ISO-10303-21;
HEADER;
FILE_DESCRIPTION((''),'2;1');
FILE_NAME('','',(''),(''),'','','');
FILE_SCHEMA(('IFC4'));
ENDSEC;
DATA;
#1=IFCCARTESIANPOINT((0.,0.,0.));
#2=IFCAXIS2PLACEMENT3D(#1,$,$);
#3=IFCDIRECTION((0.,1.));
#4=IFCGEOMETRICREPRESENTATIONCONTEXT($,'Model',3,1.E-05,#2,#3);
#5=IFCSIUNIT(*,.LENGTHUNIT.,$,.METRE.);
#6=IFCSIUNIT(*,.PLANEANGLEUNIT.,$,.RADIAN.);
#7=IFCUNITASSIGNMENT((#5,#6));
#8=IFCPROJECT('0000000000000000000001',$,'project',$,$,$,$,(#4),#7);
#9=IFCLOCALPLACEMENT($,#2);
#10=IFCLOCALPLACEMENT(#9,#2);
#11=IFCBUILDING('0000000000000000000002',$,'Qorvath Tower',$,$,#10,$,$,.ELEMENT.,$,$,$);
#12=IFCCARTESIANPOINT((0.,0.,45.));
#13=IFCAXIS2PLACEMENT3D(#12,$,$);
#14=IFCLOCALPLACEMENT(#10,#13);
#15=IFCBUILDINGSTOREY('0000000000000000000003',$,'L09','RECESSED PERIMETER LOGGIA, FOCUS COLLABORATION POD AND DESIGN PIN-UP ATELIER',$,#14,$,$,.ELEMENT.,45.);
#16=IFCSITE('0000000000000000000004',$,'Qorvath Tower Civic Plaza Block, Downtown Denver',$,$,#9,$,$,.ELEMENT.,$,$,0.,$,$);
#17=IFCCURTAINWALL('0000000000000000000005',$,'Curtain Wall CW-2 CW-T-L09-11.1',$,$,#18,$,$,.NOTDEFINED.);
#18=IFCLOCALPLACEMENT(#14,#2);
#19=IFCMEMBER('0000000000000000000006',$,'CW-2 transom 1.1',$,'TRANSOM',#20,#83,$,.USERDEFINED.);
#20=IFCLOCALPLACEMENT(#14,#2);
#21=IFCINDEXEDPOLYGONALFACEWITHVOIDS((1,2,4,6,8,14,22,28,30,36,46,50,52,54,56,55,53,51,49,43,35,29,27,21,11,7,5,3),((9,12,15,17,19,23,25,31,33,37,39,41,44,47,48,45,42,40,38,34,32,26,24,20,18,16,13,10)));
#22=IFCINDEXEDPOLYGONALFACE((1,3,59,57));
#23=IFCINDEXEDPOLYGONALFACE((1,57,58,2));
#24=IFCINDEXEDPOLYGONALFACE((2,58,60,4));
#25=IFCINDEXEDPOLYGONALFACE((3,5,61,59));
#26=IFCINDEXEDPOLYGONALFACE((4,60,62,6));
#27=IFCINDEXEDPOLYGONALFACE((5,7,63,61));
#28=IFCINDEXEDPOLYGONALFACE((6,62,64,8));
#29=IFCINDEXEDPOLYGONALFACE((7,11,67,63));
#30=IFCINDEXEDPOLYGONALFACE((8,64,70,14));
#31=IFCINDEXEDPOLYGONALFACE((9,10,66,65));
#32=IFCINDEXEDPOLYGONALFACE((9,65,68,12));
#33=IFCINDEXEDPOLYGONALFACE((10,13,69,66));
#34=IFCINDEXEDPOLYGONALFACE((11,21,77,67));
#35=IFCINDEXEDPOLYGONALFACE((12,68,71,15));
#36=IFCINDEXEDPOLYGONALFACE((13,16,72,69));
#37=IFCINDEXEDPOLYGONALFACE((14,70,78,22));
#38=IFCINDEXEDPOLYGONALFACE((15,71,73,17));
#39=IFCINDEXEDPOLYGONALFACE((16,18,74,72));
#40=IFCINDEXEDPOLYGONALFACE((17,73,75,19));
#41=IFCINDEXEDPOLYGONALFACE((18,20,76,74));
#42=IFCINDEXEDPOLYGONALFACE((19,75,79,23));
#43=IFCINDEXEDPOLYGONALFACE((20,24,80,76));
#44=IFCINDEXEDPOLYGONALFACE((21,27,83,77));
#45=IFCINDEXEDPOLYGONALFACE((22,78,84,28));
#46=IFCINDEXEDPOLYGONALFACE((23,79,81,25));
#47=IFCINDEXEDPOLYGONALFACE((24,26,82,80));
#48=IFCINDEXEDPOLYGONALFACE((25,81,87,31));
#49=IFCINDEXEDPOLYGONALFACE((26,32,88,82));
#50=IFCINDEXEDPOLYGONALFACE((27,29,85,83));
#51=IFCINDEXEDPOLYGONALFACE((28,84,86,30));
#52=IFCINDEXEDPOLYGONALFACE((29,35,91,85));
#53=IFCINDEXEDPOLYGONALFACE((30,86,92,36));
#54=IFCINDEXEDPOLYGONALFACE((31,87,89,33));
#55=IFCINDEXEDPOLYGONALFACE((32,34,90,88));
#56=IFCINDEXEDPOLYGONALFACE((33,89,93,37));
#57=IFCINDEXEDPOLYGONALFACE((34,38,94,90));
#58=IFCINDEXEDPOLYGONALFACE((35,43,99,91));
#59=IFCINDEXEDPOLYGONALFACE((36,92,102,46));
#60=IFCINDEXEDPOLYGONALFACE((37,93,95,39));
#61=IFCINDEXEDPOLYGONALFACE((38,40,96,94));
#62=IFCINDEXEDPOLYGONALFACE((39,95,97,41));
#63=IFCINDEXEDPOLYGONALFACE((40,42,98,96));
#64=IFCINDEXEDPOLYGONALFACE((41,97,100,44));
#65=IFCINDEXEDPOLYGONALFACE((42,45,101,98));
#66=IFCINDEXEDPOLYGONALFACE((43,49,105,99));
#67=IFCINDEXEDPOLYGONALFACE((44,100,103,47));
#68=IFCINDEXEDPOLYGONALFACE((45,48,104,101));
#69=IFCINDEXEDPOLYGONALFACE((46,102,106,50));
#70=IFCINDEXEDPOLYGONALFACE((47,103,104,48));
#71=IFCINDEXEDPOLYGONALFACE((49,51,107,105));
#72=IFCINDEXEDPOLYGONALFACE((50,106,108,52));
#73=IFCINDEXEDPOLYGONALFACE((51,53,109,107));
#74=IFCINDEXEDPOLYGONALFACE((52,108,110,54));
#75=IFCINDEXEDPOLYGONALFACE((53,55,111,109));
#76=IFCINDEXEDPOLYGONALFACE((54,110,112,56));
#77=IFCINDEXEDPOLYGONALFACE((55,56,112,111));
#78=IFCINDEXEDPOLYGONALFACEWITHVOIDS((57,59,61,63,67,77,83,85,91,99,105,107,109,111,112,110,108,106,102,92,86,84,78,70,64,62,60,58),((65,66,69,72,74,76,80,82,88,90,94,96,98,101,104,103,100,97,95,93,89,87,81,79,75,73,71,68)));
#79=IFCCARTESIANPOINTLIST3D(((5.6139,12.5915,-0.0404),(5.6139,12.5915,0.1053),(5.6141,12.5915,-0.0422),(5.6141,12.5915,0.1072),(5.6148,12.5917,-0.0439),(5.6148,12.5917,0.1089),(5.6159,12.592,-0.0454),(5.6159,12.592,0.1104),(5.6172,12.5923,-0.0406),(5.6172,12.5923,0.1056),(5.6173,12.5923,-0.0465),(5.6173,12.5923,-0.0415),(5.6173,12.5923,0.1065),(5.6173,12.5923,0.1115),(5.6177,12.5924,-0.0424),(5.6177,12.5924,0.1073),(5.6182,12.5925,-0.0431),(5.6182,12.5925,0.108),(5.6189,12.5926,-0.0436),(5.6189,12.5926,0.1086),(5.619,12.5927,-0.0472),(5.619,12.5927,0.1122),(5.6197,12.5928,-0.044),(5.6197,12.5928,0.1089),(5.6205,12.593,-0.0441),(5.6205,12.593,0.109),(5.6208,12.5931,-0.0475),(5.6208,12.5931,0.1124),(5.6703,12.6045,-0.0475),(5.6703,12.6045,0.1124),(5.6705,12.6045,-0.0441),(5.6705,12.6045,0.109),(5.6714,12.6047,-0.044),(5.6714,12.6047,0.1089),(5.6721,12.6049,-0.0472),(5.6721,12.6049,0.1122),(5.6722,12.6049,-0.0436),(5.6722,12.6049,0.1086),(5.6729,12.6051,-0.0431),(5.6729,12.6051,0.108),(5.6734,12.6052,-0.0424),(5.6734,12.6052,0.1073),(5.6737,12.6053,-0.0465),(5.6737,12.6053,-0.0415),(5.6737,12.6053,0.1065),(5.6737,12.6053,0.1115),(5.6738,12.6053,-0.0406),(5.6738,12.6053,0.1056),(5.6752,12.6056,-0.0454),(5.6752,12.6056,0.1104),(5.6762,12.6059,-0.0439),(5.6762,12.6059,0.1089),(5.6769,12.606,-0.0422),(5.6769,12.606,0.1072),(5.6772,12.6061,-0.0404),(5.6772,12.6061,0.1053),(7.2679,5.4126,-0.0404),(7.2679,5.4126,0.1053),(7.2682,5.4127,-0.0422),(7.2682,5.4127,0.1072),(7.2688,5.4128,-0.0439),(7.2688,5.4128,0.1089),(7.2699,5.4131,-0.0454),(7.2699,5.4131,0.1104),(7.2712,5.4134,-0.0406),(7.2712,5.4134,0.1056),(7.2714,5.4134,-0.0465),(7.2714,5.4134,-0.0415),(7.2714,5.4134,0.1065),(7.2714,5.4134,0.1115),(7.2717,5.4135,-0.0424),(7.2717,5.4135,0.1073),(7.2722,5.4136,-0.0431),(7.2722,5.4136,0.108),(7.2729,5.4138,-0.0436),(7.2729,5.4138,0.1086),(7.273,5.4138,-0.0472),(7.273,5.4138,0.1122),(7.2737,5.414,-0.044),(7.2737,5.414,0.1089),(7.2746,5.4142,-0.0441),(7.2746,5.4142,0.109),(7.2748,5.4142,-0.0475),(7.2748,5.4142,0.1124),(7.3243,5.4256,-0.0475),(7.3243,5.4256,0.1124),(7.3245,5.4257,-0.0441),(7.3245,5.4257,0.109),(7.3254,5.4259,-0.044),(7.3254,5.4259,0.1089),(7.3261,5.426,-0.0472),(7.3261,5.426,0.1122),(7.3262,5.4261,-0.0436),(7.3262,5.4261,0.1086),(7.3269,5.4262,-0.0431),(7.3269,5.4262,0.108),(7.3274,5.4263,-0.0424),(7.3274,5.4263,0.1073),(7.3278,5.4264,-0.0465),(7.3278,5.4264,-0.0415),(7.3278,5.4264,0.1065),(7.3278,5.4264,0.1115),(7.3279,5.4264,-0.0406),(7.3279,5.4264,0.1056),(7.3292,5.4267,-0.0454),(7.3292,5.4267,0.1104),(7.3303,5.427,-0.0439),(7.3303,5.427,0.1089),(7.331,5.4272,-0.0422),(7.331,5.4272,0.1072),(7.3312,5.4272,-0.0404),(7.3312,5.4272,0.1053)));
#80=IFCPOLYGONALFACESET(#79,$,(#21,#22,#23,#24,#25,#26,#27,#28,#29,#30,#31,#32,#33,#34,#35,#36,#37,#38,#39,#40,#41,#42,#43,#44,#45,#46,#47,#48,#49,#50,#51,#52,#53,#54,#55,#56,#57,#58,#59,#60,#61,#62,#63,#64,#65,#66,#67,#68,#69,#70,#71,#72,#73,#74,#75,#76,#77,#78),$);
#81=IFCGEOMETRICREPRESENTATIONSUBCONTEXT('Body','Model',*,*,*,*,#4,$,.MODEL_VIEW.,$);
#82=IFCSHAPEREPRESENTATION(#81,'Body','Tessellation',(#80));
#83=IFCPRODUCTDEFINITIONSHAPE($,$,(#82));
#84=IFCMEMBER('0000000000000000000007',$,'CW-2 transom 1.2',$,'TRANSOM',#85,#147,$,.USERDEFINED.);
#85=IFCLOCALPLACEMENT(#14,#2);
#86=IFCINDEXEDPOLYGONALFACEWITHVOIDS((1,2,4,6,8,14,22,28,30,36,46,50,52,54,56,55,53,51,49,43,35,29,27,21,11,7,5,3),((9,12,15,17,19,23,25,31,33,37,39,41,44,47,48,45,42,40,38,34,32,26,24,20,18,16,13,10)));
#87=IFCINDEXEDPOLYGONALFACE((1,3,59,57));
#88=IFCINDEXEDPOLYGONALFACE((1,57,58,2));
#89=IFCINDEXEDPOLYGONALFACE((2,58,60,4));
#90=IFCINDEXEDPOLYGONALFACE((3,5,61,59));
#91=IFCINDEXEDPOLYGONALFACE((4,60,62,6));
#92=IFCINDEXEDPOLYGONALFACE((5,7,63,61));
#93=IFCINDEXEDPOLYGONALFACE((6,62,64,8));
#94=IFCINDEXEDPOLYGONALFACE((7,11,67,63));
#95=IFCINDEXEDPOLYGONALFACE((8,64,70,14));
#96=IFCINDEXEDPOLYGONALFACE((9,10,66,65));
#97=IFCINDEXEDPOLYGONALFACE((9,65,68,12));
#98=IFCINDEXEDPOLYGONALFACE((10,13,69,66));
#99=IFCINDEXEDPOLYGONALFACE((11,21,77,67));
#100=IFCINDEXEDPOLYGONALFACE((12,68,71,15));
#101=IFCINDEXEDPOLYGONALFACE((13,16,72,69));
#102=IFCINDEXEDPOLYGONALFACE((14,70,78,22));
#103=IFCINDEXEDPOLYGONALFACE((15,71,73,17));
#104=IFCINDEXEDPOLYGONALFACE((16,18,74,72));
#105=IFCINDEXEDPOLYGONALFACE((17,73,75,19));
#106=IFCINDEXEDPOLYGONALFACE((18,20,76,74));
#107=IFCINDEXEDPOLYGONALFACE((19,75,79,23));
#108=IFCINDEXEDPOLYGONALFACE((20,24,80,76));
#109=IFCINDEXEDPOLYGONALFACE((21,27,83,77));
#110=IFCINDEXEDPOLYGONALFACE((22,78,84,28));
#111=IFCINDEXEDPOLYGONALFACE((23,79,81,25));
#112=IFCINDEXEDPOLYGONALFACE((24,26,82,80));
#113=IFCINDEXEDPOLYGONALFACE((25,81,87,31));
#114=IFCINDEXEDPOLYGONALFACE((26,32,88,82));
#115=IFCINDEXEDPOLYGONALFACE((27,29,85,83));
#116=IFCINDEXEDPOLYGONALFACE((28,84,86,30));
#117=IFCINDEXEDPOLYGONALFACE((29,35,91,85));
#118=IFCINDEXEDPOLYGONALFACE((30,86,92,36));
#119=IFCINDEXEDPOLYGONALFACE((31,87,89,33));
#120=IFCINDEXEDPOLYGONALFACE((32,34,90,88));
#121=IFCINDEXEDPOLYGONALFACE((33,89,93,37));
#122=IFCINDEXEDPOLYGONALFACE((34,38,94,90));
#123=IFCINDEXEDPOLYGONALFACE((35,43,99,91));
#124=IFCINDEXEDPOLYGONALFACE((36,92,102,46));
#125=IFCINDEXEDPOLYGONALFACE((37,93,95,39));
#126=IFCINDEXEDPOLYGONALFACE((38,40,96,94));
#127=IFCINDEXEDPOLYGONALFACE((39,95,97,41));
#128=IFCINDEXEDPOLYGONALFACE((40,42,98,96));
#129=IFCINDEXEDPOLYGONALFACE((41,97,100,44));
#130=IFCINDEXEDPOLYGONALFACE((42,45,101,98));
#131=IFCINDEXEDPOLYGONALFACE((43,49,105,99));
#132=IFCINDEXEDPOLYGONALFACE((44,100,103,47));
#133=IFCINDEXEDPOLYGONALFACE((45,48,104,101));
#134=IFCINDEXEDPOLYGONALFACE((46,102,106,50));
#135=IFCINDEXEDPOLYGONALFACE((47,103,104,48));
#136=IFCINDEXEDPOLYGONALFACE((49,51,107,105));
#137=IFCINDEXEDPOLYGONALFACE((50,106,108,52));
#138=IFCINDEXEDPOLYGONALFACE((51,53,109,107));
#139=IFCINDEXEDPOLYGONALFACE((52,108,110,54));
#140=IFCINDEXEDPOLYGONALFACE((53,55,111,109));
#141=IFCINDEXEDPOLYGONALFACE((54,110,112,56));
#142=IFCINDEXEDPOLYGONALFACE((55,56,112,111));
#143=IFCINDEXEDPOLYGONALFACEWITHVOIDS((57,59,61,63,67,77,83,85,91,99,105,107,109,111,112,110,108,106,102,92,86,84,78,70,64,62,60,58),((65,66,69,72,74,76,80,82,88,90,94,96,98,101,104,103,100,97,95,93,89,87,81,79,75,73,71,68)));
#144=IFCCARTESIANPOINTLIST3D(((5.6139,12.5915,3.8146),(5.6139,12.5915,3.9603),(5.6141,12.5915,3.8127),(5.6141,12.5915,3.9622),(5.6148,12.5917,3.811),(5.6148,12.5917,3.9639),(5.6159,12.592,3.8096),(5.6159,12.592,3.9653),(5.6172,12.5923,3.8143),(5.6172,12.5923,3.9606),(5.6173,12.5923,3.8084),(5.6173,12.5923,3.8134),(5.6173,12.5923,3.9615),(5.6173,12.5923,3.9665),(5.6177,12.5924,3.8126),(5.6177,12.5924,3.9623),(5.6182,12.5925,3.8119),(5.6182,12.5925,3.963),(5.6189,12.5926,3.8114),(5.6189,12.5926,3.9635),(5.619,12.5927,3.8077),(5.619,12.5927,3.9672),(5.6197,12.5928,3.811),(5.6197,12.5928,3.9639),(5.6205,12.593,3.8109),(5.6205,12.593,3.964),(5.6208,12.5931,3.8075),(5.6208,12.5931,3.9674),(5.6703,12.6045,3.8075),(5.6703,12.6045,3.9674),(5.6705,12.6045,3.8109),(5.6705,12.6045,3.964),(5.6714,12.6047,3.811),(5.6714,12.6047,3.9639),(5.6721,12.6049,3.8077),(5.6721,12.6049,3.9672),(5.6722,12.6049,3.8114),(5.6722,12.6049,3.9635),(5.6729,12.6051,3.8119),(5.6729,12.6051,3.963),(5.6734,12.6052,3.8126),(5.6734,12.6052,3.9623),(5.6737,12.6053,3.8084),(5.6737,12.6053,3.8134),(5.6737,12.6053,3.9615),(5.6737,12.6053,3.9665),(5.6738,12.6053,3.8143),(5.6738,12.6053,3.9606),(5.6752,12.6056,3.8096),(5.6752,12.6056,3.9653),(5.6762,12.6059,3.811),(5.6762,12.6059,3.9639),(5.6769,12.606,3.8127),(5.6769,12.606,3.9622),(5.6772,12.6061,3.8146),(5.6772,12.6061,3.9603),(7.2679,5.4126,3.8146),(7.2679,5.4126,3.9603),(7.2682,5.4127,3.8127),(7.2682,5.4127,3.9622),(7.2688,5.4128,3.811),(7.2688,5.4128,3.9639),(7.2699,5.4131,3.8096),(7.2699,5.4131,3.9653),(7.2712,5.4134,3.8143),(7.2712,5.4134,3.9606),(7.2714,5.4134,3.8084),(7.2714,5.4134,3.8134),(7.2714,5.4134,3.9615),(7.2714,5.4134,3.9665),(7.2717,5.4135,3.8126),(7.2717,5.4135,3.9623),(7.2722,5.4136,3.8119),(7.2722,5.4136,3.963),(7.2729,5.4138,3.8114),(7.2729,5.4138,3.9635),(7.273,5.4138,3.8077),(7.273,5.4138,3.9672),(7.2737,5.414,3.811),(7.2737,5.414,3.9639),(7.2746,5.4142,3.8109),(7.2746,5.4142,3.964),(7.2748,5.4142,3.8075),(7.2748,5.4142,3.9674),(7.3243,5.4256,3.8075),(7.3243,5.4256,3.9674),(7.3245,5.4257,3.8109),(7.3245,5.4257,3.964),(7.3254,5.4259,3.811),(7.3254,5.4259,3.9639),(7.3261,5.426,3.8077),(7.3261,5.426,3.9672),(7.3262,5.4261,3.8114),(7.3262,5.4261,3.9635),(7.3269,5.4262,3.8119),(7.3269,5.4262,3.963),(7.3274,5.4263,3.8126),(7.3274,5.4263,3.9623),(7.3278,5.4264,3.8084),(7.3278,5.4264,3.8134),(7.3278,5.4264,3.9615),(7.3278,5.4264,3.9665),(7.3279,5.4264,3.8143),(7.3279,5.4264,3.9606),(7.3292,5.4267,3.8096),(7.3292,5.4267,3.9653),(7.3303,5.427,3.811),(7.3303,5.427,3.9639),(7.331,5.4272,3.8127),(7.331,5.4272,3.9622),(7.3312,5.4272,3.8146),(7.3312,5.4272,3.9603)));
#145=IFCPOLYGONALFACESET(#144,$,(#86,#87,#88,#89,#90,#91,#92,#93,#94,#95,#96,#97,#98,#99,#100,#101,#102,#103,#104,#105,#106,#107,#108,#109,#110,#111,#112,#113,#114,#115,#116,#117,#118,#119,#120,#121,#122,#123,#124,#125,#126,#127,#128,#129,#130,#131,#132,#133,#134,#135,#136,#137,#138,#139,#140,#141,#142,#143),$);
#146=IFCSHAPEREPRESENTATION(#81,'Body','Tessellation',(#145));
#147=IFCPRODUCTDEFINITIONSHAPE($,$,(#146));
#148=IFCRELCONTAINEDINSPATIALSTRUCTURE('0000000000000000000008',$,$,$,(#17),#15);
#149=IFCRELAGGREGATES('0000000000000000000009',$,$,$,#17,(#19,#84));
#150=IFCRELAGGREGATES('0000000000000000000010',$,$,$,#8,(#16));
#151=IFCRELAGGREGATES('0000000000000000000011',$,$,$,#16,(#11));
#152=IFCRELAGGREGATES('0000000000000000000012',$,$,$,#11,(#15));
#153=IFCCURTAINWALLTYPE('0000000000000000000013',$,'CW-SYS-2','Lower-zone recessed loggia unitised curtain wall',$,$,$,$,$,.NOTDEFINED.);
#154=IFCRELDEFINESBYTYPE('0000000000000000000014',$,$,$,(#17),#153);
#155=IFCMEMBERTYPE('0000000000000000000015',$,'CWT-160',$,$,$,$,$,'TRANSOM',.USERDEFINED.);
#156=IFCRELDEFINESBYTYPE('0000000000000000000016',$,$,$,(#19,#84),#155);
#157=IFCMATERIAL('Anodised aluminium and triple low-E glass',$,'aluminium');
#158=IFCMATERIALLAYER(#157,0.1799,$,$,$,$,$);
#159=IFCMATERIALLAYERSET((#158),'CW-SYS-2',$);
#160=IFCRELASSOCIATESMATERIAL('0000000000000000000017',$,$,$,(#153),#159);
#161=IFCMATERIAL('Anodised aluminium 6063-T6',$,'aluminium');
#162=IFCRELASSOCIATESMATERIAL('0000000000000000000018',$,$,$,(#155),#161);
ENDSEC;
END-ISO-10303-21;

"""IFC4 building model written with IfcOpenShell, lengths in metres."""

from ifc_helpers import new_model, si_unit, direction, frame, origin, origin_2d, place, context, subcontext, project, spatial, hollow_rectangle, extrude, material, layer, layer_set, material_profile, profile_set, type_object, element, aggregate, save


model = new_model("IFC4")

# Units and contexts
model_context = context("Model", 3, precision=1e-05, world=origin(), true_north=direction((0.0, 1.0)))
body_context = subcontext(model_context, "Body", "Model", "MODEL_VIEW")
ifc_project = project(units=[si_unit("LENGTHUNIT", "METRE"), si_unit("PLANEANGLEUNIT", "RADIAN")], contexts=[model_context])

# Site, building, storey
site_placement = place(None, origin())
site = spatial("IfcSite", under=ifc_project, at=site_placement, Name="Qorvath Tower Civic Plaza Block, Downtown Denver", CompositionType="ELEMENT", RefElevation=0.0)
building_placement = place(site_placement, origin())
building = spatial("IfcBuilding", under=site, at=building_placement, Name="Qorvath Tower", CompositionType="ELEMENT")
storey_placement = place(building_placement, frame((0.0, 0.0, 45.0)))
storey = spatial("IfcBuildingStorey", under=building, at=storey_placement, Name="L09", Description="RECESSED PERIMETER LOGGIA, FOCUS COLLABORATION POD AND DESIGN PIN-UP ATELIER", CompositionType="ELEMENT", Elevation=45.0)

# Shared definitions
ifc_material_1 = material(Name="Anodised aluminium and triple low-E glass", Category="aluminium")
ifc_layer_1 = layer(ifc_material_1, 0.1799)
ifc_layer_set_1 = layer_set([ifc_layer_1], Name="CW-SYS-2")
curtain_wall_type = type_object("IfcCurtainWallType", Name="CW-SYS-2", Description="Lower-zone recessed loggia unitised curtain wall", PredefinedType="NOTDEFINED", material=ifc_layer_set_1)

# Curtain wall
curtain_wall_1_placement = place(storey_placement, origin())
curtain_wall_1 = element("IfcCurtainWall", 1, at=curtain_wall_1_placement, inside=storey, type_object=curtain_wall_type, Name="Curtain Wall CW-2 CW-T-L09-11.1", PredefinedType="NOTDEFINED")

# Members
ifc_material_2 = material(Name="Anodised aluminium 6063-T6", Category="aluminium")
ifc_material_profile_1 = material_profile(ifc_material_2, hollow_rectangle(XDim=0.0649, YDim=0.1599, WallThickness=0.0034, InnerFilletRadius=0.0034, OuterFilletRadius=0.0071, at=origin_2d()), Name="CWT 160x65")
ifc_profile_set_1 = profile_set([ifc_material_profile_1], Name="Anodised aluminium 6063-T6")
member_type_1 = type_object("IfcMemberType", Name="CWT-160", ElementType="TRANSOM", PredefinedType="USERDEFINED", material=ifc_profile_set_1)
member_1_placement = place(storey_placement, frame((7.2996, 5.4199, 0.0325), z_axis=(-0.224521, 0.974469, 0.0), x_axis=(-0.974469, -0.224521, 0.0)))
member_1 = element("IfcMember", 2, at=member_1_placement, type_object=member_type_1, Name="CW-2 transom 1.1", ObjectType="TRANSOM", PredefinedType="USERDEFINED", context=body_context, shape_type="SweptSolid", body=[
    extrude(hollow_rectangle(XDim=0.0649, YDim=0.1599, WallThickness=0.0034, InnerFilletRadius=0.0034, OuterFilletRadius=0.0071, at=origin_2d()), origin(), (0.0, 0.0, 1.0), 7.3669),
])
member_2_placement = place(storey_placement, frame((7.2996, 5.4199, 3.8875), z_axis=(-0.224521, 0.974469, 0.0), x_axis=(-0.974469, -0.224521, 0.0)))
member_2 = element("IfcMember", 3, at=member_2_placement, type_object=member_type_1, Name="CW-2 transom 1.2", ObjectType="TRANSOM", PredefinedType="USERDEFINED", context=body_context, shape_type="SweptSolid", body=[
    extrude(hollow_rectangle(XDim=0.0649, YDim=0.1599, WallThickness=0.0034, InnerFilletRadius=0.0034, OuterFilletRadius=0.0071, at=origin_2d()), origin(), (0.0, 0.0, 1.0), 7.3669),
])

aggregate(curtain_wall_1, [member_1, member_2])

save(model, "model.ifc")
